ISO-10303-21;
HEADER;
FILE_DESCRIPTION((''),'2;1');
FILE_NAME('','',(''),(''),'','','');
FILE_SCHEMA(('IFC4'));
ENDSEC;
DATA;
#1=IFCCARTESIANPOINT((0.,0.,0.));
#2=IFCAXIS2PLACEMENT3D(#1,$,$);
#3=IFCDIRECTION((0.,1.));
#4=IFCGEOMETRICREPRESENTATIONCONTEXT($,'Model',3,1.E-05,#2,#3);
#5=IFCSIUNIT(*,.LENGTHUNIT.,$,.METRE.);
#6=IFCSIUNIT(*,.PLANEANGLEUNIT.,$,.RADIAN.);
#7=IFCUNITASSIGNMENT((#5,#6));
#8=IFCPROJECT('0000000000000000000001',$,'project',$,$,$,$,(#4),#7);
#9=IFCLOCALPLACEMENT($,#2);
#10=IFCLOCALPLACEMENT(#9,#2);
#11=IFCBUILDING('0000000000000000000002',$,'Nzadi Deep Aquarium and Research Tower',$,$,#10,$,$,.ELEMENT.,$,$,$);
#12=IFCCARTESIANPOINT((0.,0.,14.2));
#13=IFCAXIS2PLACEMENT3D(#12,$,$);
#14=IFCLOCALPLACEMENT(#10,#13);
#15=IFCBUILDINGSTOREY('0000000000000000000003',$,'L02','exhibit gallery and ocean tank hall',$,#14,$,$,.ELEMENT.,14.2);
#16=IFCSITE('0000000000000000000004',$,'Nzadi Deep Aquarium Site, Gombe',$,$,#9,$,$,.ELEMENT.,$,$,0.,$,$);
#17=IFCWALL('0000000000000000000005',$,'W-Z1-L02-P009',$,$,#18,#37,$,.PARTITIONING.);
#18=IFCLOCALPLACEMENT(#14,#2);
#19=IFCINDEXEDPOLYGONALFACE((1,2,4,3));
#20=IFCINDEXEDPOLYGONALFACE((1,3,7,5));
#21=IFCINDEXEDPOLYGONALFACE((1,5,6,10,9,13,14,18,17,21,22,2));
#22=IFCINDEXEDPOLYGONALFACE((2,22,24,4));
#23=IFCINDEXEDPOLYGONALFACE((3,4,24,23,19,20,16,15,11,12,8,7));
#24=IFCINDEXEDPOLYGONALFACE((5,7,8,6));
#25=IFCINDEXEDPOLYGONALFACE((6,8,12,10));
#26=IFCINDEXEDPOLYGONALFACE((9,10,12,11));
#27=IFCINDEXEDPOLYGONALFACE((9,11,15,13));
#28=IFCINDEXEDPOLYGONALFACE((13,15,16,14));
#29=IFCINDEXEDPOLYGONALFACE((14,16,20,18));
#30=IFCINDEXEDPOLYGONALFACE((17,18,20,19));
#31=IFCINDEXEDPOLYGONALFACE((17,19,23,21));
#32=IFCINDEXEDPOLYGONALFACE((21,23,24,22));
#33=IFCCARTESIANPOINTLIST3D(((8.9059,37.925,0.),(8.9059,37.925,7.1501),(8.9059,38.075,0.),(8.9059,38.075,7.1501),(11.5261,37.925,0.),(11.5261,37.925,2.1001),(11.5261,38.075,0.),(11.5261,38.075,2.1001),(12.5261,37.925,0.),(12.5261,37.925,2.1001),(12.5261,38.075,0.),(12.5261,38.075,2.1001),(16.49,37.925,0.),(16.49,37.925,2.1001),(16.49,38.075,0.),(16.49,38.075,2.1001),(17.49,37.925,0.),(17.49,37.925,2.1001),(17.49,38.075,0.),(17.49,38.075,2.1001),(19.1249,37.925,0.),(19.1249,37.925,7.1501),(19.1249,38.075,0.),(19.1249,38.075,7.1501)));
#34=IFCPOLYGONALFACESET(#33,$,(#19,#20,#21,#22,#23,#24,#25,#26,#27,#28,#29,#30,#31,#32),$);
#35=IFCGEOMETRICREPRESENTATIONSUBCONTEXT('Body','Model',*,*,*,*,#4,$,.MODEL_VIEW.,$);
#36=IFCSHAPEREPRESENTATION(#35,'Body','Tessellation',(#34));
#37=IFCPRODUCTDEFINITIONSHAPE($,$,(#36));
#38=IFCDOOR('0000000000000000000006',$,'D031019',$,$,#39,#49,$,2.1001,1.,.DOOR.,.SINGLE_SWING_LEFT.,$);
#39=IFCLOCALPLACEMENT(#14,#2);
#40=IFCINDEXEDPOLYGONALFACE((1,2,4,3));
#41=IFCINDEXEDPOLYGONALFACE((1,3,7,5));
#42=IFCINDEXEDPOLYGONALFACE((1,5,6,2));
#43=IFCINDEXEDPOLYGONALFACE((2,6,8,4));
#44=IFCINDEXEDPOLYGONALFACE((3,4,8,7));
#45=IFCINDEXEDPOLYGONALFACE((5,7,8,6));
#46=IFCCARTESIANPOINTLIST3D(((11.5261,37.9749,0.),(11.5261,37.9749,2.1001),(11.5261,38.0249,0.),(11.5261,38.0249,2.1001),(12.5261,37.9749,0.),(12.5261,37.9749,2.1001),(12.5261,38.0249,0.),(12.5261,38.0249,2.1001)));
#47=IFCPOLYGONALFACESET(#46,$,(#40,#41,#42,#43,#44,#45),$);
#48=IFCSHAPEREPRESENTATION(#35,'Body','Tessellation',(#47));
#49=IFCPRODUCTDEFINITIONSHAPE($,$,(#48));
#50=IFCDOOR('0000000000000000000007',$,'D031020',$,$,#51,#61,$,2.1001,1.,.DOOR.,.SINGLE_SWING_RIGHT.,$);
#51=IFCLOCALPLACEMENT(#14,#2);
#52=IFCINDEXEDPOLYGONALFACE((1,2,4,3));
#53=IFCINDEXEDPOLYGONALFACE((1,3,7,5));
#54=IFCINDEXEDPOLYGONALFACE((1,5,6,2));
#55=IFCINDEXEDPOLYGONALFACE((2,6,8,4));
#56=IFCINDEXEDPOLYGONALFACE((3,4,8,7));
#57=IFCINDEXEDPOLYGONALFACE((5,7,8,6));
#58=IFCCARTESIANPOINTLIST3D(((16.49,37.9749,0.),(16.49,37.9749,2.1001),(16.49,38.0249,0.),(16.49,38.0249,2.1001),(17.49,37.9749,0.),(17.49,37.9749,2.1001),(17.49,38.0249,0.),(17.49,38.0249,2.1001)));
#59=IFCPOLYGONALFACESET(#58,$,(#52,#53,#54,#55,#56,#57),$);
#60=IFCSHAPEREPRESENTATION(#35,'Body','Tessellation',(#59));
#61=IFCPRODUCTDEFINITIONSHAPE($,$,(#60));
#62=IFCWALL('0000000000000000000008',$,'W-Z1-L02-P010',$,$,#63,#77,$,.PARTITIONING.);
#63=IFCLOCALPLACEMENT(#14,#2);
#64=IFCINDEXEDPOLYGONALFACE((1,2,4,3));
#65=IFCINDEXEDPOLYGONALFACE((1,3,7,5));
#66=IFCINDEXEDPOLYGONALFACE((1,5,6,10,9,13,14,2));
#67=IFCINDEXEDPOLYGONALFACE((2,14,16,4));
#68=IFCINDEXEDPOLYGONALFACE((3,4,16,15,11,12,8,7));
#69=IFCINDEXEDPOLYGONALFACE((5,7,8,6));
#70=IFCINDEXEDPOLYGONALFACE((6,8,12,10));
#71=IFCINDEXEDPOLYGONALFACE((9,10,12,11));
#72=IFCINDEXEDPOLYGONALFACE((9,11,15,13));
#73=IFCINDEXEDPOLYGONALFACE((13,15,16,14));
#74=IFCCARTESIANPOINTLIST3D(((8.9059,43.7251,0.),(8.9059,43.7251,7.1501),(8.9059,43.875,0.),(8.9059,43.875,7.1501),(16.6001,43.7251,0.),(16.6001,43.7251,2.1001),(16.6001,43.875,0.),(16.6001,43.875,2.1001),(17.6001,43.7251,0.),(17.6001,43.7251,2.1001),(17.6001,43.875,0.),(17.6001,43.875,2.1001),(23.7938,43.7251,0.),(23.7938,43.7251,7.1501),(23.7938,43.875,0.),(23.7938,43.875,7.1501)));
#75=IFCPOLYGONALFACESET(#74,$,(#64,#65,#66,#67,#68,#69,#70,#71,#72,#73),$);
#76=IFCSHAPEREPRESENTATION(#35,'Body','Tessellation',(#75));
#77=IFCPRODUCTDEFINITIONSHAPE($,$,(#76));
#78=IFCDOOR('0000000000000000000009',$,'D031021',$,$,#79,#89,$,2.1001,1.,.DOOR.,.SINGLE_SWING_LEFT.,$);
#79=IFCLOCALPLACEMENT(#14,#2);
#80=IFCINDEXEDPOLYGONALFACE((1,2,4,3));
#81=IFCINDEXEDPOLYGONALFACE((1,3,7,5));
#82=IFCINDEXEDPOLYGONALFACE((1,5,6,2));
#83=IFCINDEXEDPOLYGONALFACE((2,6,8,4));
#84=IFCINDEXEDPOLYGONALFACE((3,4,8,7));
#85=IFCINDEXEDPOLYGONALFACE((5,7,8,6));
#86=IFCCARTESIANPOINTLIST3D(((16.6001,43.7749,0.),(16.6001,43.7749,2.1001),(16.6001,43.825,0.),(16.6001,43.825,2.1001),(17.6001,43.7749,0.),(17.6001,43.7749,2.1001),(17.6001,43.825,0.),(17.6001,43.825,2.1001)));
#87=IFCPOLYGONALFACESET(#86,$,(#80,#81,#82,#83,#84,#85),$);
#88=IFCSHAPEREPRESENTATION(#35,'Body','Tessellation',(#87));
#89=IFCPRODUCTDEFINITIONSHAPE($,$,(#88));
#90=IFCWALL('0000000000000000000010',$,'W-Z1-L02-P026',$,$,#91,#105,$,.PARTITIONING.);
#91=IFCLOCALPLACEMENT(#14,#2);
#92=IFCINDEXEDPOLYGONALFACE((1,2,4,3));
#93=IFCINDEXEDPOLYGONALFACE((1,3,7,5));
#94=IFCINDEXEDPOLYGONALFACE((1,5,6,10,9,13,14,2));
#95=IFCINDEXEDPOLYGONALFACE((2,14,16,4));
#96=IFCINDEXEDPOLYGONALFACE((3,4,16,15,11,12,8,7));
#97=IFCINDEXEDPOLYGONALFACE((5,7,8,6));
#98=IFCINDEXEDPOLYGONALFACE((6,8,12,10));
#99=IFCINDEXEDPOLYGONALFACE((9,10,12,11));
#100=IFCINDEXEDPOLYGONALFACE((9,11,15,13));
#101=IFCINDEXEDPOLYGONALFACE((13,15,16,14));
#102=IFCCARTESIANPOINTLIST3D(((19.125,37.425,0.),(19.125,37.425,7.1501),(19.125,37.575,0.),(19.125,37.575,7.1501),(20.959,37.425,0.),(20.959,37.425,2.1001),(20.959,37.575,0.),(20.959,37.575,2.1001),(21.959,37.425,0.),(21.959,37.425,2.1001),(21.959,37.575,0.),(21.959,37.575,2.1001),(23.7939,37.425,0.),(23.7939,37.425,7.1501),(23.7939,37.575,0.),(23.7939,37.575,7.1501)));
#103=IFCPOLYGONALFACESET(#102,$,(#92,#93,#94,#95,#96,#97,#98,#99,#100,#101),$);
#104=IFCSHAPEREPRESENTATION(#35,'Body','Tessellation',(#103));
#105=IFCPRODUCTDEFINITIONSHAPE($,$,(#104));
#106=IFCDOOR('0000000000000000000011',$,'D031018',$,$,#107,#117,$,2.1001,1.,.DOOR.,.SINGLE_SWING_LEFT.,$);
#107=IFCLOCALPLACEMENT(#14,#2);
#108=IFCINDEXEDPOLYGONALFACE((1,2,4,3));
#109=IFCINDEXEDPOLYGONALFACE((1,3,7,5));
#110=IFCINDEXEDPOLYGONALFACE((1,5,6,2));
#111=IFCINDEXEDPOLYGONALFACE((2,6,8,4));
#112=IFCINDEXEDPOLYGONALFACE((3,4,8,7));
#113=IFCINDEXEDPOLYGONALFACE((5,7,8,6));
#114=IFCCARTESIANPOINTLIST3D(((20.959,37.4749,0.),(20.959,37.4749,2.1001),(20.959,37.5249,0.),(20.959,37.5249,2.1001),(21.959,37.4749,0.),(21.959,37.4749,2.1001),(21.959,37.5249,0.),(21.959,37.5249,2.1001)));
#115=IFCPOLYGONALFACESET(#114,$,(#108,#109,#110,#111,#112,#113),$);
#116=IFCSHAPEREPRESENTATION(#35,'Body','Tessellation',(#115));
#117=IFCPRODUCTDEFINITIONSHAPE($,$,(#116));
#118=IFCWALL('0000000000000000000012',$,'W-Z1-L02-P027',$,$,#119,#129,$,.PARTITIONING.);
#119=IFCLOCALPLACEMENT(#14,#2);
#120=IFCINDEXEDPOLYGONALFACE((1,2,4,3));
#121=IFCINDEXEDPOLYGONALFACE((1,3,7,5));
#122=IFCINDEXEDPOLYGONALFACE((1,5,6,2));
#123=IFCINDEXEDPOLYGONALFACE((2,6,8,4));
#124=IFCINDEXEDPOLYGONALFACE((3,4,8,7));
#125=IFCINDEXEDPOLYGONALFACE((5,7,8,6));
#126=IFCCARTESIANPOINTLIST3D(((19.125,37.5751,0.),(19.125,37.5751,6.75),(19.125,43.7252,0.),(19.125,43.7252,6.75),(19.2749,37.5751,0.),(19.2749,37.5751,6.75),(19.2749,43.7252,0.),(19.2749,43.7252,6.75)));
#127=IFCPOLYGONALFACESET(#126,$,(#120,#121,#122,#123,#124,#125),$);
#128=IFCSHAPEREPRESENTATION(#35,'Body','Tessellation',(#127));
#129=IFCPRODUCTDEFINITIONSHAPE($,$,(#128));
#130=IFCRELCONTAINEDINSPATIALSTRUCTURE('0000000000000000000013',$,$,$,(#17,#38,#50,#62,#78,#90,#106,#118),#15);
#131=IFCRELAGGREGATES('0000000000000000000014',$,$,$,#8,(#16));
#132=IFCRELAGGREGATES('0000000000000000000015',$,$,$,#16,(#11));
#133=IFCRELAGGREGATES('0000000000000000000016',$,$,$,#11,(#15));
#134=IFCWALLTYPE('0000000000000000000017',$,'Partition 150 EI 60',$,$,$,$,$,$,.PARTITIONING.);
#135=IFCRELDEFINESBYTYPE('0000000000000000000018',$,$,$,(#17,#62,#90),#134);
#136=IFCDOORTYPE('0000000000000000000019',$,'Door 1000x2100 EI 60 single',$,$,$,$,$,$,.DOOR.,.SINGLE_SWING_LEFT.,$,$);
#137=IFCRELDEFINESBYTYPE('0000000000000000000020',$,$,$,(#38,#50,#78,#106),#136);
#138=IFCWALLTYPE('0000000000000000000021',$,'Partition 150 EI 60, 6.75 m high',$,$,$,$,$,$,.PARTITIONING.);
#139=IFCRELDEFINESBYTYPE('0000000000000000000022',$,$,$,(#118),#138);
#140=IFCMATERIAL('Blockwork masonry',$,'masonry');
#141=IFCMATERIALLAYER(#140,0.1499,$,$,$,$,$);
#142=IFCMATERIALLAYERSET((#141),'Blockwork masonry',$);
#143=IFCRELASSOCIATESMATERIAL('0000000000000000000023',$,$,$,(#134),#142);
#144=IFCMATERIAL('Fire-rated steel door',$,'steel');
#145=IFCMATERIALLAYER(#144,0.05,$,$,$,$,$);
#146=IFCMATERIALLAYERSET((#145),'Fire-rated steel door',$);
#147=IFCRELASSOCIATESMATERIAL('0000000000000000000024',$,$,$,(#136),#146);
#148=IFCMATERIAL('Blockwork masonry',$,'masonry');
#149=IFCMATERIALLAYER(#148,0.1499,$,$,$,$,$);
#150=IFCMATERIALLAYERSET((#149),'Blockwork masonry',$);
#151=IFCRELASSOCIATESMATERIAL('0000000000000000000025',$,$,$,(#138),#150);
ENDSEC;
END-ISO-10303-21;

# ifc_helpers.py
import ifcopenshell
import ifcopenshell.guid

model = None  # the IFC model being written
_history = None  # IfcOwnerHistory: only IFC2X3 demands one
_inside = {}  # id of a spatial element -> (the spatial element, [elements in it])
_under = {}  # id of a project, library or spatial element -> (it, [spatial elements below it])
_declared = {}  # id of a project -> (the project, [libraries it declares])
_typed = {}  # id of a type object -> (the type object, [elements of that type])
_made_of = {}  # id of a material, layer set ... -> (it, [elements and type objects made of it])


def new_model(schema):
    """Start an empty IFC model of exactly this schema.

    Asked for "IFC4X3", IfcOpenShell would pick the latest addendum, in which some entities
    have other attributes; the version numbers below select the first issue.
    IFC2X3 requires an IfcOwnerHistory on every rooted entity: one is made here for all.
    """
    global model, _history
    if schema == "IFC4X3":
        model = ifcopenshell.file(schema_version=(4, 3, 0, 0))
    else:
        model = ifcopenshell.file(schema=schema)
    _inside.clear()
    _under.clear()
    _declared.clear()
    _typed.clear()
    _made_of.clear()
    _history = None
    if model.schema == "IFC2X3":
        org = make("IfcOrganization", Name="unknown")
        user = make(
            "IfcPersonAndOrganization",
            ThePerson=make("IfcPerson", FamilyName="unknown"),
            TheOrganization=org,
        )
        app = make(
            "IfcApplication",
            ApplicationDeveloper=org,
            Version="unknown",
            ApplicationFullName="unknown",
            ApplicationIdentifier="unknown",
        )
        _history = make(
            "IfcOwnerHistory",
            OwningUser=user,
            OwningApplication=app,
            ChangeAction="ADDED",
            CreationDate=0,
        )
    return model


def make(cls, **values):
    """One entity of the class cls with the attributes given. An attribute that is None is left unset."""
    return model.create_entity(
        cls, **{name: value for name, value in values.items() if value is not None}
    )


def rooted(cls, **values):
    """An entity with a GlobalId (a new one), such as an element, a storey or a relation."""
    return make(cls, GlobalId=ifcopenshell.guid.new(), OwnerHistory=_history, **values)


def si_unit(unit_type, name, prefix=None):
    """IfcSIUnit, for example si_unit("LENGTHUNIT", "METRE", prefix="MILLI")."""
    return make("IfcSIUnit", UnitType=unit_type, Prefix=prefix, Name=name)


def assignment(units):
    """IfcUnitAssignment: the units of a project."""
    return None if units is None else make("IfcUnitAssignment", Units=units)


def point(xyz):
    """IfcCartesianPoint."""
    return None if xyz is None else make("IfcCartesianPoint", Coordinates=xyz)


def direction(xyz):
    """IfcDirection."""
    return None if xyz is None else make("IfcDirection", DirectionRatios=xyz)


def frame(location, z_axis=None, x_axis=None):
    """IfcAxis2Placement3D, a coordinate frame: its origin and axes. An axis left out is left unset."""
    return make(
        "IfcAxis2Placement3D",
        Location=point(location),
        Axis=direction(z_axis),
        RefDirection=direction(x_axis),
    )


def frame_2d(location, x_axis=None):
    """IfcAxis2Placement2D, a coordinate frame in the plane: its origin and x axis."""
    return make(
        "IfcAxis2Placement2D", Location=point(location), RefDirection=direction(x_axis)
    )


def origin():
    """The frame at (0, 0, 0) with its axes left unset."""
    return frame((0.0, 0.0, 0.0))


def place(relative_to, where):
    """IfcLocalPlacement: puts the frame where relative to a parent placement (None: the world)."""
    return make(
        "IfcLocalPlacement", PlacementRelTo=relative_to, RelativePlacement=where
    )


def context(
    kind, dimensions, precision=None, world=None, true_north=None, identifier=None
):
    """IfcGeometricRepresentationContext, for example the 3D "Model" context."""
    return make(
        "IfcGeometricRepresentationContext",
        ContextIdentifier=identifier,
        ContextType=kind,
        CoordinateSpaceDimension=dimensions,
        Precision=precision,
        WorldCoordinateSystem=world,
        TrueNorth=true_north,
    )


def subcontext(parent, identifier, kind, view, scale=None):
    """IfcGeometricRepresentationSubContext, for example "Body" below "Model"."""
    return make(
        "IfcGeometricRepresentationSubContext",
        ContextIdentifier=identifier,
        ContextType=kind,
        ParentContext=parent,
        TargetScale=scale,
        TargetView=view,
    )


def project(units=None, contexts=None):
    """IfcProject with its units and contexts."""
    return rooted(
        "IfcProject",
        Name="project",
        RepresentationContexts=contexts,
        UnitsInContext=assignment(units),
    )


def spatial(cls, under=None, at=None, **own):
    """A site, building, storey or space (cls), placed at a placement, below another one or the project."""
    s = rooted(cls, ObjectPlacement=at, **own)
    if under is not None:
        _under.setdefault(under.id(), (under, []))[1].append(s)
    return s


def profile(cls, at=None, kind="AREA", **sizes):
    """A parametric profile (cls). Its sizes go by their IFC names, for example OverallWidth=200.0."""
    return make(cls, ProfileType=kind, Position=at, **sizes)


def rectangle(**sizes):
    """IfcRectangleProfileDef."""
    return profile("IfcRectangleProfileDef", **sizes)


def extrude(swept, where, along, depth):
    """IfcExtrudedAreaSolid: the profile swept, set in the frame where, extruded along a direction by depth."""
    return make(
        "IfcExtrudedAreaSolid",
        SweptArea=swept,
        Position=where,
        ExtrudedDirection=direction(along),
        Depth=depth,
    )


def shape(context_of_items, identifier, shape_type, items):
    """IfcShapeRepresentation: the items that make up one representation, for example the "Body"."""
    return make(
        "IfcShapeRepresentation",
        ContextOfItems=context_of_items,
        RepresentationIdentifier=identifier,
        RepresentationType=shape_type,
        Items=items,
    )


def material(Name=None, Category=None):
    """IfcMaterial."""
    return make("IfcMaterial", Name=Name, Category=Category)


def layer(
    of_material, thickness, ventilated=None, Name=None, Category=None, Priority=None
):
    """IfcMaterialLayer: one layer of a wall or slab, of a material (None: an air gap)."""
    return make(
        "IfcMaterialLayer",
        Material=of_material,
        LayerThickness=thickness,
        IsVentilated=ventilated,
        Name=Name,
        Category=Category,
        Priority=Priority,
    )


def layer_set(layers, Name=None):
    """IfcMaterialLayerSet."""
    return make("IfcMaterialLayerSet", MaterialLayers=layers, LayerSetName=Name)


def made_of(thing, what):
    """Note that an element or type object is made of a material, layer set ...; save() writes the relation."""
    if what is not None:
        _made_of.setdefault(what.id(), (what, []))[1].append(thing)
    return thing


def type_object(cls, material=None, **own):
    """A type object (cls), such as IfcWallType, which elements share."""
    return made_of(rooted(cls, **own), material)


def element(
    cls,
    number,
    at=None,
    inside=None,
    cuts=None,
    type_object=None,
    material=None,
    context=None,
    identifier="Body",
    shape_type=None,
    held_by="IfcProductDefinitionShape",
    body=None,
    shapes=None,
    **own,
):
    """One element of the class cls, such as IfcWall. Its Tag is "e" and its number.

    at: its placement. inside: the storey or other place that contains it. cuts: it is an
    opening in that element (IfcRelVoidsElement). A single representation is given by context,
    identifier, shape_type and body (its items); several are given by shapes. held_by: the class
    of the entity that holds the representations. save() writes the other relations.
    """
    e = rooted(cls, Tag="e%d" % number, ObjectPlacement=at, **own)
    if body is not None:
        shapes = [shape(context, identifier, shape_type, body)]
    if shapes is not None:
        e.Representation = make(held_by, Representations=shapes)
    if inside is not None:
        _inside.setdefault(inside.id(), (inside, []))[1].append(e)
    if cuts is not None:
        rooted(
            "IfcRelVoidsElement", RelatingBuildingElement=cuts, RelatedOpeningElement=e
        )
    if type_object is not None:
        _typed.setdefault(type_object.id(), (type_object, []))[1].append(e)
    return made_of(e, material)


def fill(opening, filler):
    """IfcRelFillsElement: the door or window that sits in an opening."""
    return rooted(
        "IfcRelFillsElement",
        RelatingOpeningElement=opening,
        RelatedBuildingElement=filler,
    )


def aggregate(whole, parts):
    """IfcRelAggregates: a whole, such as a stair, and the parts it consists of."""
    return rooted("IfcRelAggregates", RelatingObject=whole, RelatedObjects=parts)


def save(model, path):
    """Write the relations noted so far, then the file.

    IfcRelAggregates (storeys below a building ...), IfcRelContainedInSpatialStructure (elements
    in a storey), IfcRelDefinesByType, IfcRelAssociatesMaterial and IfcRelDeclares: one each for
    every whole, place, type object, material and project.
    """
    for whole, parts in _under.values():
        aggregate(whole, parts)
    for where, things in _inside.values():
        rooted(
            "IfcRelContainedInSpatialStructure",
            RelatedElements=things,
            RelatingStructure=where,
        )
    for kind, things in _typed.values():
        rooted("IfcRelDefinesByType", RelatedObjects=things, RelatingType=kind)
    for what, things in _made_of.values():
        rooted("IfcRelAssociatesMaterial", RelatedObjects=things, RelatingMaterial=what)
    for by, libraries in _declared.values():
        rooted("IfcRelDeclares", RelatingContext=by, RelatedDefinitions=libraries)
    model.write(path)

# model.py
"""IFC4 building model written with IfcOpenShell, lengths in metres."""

from ifc_helpers import new_model, si_unit, direction, frame, frame_2d, origin, place, context, subcontext, project, spatial, rectangle, extrude, material, layer, layer_set, type_object, element, fill, save


model = new_model("IFC4")

# Units and contexts
model_context = context("Model", 3, precision=1e-05, world=origin(), true_north=direction((0.0, 1.0)))
body_context = subcontext(model_context, "Body", "Model", "MODEL_VIEW")
ifc_project = project(units=[si_unit("LENGTHUNIT", "METRE"), si_unit("PLANEANGLEUNIT", "RADIAN")], contexts=[model_context])

# Site, building, storey
site_placement = place(None, origin())
site = spatial("IfcSite", under=ifc_project, at=site_placement, Name="Nzadi Deep Aquarium Site, Gombe", CompositionType="ELEMENT", RefElevation=0.0)
building_placement = place(site_placement, origin())
building = spatial("IfcBuilding", under=site, at=building_placement, Name="Nzadi Deep Aquarium and Research Tower", CompositionType="ELEMENT")
storey_placement = place(building_placement, frame((0.0, 0.0, 14.2)))
storey = spatial("IfcBuildingStorey", under=building, at=storey_placement, Name="L02", Description="exhibit gallery and ocean tank hall", CompositionType="ELEMENT", Elevation=14.2)

# Wall, openings, doors
ifc_material_1 = material(Name="Blockwork masonry", Category="masonry")
ifc_layer_1 = layer(ifc_material_1, 0.1499)
ifc_layer_set_1 = layer_set([ifc_layer_1], Name="Blockwork masonry")
wall_type_1 = type_object("IfcWallType", Name="Partition 150 EI 60", PredefinedType="PARTITIONING", material=ifc_layer_set_1)
wall_1_placement = place(storey_placement, frame((8.906, 38.0, 0.0), z_axis=(0.0, 0.0, 1.0), x_axis=(1.0, 0.0, 0.0)))
wall_1 = element("IfcWall", 1, at=wall_1_placement, inside=storey, type_object=wall_type_1, Name="W-Z1-L02-P009", PredefinedType="PARTITIONING", context=body_context, shape_type="SweptSolid", body=[
    extrude(rectangle(XDim=10.219, YDim=0.1499, at=frame_2d((5.1094, 0.0))), origin(), (0.0, 0.0, 1.0), 7.1501),
])
opening_1_placement = place(wall_1_placement, frame((2.6201, 0.0, 0.0)))
opening_1 = element("IfcOpeningElement", 2, at=opening_1_placement, cuts=wall_1, PredefinedType="OPENING", context=body_context, shape_type="SweptSolid", body=[
    extrude(rectangle(XDim=1.0, YDim=2.1001, at=frame_2d((0.5, 1.05))), frame((0.0, 0.085, 0.0), z_axis=(0.0, -1.0, 0.0), x_axis=(1.0, 0.0, 0.0)), (0.0, 0.0, 1.0), 0.1699),
])
opening_2_placement = place(wall_1_placement, frame((7.584, 0.0, 0.0)))
opening_2 = element("IfcOpeningElement", 3, at=opening_2_placement, cuts=wall_1, PredefinedType="OPENING", context=body_context, shape_type="SweptSolid", body=[
    extrude(rectangle(XDim=1.0, YDim=2.1001, at=frame_2d((0.5, 1.05))), frame((0.0, 0.085, 0.0), z_axis=(0.0, -1.0, 0.0), x_axis=(1.0, 0.0, 0.0)), (0.0, 0.0, 1.0), 0.1699),
])
ifc_material_2 = material(Name="Fire-rated steel door", Category="steel")
ifc_layer_2 = layer(ifc_material_2, 0.05)
ifc_layer_set_2 = layer_set([ifc_layer_2], Name="Fire-rated steel door")
door_type_1 = type_object("IfcDoorType", Name="Door 1000x2100 EI 60 single", OperationType="SINGLE_SWING_LEFT", PredefinedType="DOOR", material=ifc_layer_set_2)
door_1_placement = place(opening_1_placement, origin())
door_1 = element("IfcDoor", 4, at=door_1_placement, inside=storey, type_object=door_type_1, Name="D031019", OperationType="SINGLE_SWING_LEFT", OverallHeight=2.1001, OverallWidth=1.0, PredefinedType="DOOR", context=body_context, shape_type="SweptSolid", body=[
    extrude(rectangle(XDim=1.0, YDim=2.1001, at=frame_2d((0.5, 1.05))), frame((0.0, 0.0249, 0.0), z_axis=(0.0, -1.0, 0.0), x_axis=(1.0, 0.0, 0.0)), (0.0, 0.0, 1.0), 0.05),
])
fill(opening_1, door_1)
door_2_placement = place(opening_2_placement, origin())
door_2 = element("IfcDoor", 5, at=door_2_placement, inside=storey, type_object=door_type_1, Name="D031020", OperationType="SINGLE_SWING_RIGHT", OverallHeight=2.1001, OverallWidth=1.0, PredefinedType="DOOR", context=body_context, shape_type="SweptSolid", body=[
    extrude(rectangle(XDim=1.0, YDim=2.1001, at=frame_2d((0.5, 1.05))), frame((0.0, 0.0249, 0.0), z_axis=(0.0, -1.0, 0.0), x_axis=(1.0, 0.0, 0.0)), (0.0, 0.0, 1.0), 0.05),
])
fill(opening_2, door_2)

# Walls, openings, doors
wall_2_placement = place(storey_placement, frame((8.906, 43.8, 0.0), z_axis=(0.0, 0.0, 1.0), x_axis=(1.0, 0.0, 0.0)))
wall_2 = element("IfcWall", 6, at=wall_2_placement, inside=storey, type_object=wall_type_1, Name="W-Z1-L02-P010", PredefinedType="PARTITIONING", context=body_context, shape_type="SweptSolid", body=[
    extrude(rectangle(XDim=14.8879, YDim=0.1499, at=frame_2d((7.4438, 0.0))), origin(), (0.0, 0.0, 1.0), 7.1501),
])
opening_3_placement = place(wall_2_placement, frame((7.6941, 0.0, 0.0)))
opening_3 = element("IfcOpeningElement", 7, at=opening_3_placement, cuts=wall_2, PredefinedType="OPENING", context=body_context, shape_type="SweptSolid", body=[
    extrude(rectangle(XDim=1.0, YDim=2.1001, at=frame_2d((0.5, 1.05))), frame((0.0, 0.085, 0.0), z_axis=(0.0, -1.0, 0.0), x_axis=(1.0, 0.0, 0.0)), (0.0, 0.0, 1.0), 0.1699),
])
door_3_placement = place(opening_3_placement, origin())
door_3 = element("IfcDoor", 8, at=door_3_placement, inside=storey, type_object=door_type_1, Name="D031021", OperationType="SINGLE_SWING_LEFT", OverallHeight=2.1001, OverallWidth=1.0, PredefinedType="DOOR", context=body_context, shape_type="SweptSolid", body=[
    extrude(rectangle(XDim=1.0, YDim=2.1001, at=frame_2d((0.5, 1.05))), frame((0.0, 0.0249, 0.0), z_axis=(0.0, -1.0, 0.0), x_axis=(1.0, 0.0, 0.0)), (0.0, 0.0, 1.0), 0.05),
])
fill(opening_3, door_3)
wall_3_placement = place(storey_placement, frame((19.125, 37.5, 0.0), z_axis=(0.0, 0.0, 1.0), x_axis=(1.0, 0.0, 0.0)))
wall_3 = element("IfcWall", 9, at=wall_3_placement, inside=storey, type_object=wall_type_1, Name="W-Z1-L02-P026", PredefinedType="PARTITIONING", context=body_context, shape_type="SweptSolid", body=[
    extrude(rectangle(XDim=4.6689, YDim=0.1499, at=frame_2d((2.3345, 0.0))), origin(), (0.0, 0.0, 1.0), 7.1501),
])
opening_4_placement = place(wall_3_placement, frame((1.834, 0.0, 0.0)))
opening_4 = element("IfcOpeningElement", 10, at=opening_4_placement, cuts=wall_3, PredefinedType="OPENING", context=body_context, shape_type="SweptSolid", body=[
    extrude(rectangle(XDim=1.0, YDim=2.1001, at=frame_2d((0.5, 1.05))), frame((0.0, 0.085, 0.0), z_axis=(0.0, -1.0, 0.0), x_axis=(1.0, 0.0, 0.0)), (0.0, 0.0, 1.0), 0.1699),
])
door_4_placement = place(opening_4_placement, origin())
door_4 = element("IfcDoor", 11, at=door_4_placement, inside=storey, type_object=door_type_1, Name="D031018", OperationType="SINGLE_SWING_LEFT", OverallHeight=2.1001, OverallWidth=1.0, PredefinedType="DOOR", context=body_context, shape_type="SweptSolid", body=[
    extrude(rectangle(XDim=1.0, YDim=2.1001, at=frame_2d((0.5, 1.05))), frame((0.0, 0.0249, 0.0), z_axis=(0.0, -1.0, 0.0), x_axis=(1.0, 0.0, 0.0)), (0.0, 0.0, 1.0), 0.05),
])
fill(opening_4, door_4)

# Wall
ifc_material_3 = material(Name="Blockwork masonry", Category="masonry")
ifc_layer_3 = layer(ifc_material_3, 0.1499)
ifc_layer_set_3 = layer_set([ifc_layer_3], Name="Blockwork masonry")
wall_type_2 = type_object("IfcWallType", Name="Partition 150 EI 60, 6.75 m high", PredefinedType="PARTITIONING", material=ifc_layer_set_3)
wall_4_placement = place(storey_placement, frame((19.2, 37.575, 0.0), z_axis=(0.0, 0.0, 1.0), x_axis=(0.0, 1.0, 0.0)))
element("IfcWall", 12, at=wall_4_placement, inside=storey, type_object=wall_type_2, Name="W-Z1-L02-P027", PredefinedType="PARTITIONING", context=body_context, shape_type="SweptSolid", body=[
    extrude(rectangle(XDim=6.1501, YDim=0.1499, at=frame_2d((3.0752, 0.0))), origin(), (0.0, 0.0, 1.0), 6.75),
])

save(model, "model.ifc")
